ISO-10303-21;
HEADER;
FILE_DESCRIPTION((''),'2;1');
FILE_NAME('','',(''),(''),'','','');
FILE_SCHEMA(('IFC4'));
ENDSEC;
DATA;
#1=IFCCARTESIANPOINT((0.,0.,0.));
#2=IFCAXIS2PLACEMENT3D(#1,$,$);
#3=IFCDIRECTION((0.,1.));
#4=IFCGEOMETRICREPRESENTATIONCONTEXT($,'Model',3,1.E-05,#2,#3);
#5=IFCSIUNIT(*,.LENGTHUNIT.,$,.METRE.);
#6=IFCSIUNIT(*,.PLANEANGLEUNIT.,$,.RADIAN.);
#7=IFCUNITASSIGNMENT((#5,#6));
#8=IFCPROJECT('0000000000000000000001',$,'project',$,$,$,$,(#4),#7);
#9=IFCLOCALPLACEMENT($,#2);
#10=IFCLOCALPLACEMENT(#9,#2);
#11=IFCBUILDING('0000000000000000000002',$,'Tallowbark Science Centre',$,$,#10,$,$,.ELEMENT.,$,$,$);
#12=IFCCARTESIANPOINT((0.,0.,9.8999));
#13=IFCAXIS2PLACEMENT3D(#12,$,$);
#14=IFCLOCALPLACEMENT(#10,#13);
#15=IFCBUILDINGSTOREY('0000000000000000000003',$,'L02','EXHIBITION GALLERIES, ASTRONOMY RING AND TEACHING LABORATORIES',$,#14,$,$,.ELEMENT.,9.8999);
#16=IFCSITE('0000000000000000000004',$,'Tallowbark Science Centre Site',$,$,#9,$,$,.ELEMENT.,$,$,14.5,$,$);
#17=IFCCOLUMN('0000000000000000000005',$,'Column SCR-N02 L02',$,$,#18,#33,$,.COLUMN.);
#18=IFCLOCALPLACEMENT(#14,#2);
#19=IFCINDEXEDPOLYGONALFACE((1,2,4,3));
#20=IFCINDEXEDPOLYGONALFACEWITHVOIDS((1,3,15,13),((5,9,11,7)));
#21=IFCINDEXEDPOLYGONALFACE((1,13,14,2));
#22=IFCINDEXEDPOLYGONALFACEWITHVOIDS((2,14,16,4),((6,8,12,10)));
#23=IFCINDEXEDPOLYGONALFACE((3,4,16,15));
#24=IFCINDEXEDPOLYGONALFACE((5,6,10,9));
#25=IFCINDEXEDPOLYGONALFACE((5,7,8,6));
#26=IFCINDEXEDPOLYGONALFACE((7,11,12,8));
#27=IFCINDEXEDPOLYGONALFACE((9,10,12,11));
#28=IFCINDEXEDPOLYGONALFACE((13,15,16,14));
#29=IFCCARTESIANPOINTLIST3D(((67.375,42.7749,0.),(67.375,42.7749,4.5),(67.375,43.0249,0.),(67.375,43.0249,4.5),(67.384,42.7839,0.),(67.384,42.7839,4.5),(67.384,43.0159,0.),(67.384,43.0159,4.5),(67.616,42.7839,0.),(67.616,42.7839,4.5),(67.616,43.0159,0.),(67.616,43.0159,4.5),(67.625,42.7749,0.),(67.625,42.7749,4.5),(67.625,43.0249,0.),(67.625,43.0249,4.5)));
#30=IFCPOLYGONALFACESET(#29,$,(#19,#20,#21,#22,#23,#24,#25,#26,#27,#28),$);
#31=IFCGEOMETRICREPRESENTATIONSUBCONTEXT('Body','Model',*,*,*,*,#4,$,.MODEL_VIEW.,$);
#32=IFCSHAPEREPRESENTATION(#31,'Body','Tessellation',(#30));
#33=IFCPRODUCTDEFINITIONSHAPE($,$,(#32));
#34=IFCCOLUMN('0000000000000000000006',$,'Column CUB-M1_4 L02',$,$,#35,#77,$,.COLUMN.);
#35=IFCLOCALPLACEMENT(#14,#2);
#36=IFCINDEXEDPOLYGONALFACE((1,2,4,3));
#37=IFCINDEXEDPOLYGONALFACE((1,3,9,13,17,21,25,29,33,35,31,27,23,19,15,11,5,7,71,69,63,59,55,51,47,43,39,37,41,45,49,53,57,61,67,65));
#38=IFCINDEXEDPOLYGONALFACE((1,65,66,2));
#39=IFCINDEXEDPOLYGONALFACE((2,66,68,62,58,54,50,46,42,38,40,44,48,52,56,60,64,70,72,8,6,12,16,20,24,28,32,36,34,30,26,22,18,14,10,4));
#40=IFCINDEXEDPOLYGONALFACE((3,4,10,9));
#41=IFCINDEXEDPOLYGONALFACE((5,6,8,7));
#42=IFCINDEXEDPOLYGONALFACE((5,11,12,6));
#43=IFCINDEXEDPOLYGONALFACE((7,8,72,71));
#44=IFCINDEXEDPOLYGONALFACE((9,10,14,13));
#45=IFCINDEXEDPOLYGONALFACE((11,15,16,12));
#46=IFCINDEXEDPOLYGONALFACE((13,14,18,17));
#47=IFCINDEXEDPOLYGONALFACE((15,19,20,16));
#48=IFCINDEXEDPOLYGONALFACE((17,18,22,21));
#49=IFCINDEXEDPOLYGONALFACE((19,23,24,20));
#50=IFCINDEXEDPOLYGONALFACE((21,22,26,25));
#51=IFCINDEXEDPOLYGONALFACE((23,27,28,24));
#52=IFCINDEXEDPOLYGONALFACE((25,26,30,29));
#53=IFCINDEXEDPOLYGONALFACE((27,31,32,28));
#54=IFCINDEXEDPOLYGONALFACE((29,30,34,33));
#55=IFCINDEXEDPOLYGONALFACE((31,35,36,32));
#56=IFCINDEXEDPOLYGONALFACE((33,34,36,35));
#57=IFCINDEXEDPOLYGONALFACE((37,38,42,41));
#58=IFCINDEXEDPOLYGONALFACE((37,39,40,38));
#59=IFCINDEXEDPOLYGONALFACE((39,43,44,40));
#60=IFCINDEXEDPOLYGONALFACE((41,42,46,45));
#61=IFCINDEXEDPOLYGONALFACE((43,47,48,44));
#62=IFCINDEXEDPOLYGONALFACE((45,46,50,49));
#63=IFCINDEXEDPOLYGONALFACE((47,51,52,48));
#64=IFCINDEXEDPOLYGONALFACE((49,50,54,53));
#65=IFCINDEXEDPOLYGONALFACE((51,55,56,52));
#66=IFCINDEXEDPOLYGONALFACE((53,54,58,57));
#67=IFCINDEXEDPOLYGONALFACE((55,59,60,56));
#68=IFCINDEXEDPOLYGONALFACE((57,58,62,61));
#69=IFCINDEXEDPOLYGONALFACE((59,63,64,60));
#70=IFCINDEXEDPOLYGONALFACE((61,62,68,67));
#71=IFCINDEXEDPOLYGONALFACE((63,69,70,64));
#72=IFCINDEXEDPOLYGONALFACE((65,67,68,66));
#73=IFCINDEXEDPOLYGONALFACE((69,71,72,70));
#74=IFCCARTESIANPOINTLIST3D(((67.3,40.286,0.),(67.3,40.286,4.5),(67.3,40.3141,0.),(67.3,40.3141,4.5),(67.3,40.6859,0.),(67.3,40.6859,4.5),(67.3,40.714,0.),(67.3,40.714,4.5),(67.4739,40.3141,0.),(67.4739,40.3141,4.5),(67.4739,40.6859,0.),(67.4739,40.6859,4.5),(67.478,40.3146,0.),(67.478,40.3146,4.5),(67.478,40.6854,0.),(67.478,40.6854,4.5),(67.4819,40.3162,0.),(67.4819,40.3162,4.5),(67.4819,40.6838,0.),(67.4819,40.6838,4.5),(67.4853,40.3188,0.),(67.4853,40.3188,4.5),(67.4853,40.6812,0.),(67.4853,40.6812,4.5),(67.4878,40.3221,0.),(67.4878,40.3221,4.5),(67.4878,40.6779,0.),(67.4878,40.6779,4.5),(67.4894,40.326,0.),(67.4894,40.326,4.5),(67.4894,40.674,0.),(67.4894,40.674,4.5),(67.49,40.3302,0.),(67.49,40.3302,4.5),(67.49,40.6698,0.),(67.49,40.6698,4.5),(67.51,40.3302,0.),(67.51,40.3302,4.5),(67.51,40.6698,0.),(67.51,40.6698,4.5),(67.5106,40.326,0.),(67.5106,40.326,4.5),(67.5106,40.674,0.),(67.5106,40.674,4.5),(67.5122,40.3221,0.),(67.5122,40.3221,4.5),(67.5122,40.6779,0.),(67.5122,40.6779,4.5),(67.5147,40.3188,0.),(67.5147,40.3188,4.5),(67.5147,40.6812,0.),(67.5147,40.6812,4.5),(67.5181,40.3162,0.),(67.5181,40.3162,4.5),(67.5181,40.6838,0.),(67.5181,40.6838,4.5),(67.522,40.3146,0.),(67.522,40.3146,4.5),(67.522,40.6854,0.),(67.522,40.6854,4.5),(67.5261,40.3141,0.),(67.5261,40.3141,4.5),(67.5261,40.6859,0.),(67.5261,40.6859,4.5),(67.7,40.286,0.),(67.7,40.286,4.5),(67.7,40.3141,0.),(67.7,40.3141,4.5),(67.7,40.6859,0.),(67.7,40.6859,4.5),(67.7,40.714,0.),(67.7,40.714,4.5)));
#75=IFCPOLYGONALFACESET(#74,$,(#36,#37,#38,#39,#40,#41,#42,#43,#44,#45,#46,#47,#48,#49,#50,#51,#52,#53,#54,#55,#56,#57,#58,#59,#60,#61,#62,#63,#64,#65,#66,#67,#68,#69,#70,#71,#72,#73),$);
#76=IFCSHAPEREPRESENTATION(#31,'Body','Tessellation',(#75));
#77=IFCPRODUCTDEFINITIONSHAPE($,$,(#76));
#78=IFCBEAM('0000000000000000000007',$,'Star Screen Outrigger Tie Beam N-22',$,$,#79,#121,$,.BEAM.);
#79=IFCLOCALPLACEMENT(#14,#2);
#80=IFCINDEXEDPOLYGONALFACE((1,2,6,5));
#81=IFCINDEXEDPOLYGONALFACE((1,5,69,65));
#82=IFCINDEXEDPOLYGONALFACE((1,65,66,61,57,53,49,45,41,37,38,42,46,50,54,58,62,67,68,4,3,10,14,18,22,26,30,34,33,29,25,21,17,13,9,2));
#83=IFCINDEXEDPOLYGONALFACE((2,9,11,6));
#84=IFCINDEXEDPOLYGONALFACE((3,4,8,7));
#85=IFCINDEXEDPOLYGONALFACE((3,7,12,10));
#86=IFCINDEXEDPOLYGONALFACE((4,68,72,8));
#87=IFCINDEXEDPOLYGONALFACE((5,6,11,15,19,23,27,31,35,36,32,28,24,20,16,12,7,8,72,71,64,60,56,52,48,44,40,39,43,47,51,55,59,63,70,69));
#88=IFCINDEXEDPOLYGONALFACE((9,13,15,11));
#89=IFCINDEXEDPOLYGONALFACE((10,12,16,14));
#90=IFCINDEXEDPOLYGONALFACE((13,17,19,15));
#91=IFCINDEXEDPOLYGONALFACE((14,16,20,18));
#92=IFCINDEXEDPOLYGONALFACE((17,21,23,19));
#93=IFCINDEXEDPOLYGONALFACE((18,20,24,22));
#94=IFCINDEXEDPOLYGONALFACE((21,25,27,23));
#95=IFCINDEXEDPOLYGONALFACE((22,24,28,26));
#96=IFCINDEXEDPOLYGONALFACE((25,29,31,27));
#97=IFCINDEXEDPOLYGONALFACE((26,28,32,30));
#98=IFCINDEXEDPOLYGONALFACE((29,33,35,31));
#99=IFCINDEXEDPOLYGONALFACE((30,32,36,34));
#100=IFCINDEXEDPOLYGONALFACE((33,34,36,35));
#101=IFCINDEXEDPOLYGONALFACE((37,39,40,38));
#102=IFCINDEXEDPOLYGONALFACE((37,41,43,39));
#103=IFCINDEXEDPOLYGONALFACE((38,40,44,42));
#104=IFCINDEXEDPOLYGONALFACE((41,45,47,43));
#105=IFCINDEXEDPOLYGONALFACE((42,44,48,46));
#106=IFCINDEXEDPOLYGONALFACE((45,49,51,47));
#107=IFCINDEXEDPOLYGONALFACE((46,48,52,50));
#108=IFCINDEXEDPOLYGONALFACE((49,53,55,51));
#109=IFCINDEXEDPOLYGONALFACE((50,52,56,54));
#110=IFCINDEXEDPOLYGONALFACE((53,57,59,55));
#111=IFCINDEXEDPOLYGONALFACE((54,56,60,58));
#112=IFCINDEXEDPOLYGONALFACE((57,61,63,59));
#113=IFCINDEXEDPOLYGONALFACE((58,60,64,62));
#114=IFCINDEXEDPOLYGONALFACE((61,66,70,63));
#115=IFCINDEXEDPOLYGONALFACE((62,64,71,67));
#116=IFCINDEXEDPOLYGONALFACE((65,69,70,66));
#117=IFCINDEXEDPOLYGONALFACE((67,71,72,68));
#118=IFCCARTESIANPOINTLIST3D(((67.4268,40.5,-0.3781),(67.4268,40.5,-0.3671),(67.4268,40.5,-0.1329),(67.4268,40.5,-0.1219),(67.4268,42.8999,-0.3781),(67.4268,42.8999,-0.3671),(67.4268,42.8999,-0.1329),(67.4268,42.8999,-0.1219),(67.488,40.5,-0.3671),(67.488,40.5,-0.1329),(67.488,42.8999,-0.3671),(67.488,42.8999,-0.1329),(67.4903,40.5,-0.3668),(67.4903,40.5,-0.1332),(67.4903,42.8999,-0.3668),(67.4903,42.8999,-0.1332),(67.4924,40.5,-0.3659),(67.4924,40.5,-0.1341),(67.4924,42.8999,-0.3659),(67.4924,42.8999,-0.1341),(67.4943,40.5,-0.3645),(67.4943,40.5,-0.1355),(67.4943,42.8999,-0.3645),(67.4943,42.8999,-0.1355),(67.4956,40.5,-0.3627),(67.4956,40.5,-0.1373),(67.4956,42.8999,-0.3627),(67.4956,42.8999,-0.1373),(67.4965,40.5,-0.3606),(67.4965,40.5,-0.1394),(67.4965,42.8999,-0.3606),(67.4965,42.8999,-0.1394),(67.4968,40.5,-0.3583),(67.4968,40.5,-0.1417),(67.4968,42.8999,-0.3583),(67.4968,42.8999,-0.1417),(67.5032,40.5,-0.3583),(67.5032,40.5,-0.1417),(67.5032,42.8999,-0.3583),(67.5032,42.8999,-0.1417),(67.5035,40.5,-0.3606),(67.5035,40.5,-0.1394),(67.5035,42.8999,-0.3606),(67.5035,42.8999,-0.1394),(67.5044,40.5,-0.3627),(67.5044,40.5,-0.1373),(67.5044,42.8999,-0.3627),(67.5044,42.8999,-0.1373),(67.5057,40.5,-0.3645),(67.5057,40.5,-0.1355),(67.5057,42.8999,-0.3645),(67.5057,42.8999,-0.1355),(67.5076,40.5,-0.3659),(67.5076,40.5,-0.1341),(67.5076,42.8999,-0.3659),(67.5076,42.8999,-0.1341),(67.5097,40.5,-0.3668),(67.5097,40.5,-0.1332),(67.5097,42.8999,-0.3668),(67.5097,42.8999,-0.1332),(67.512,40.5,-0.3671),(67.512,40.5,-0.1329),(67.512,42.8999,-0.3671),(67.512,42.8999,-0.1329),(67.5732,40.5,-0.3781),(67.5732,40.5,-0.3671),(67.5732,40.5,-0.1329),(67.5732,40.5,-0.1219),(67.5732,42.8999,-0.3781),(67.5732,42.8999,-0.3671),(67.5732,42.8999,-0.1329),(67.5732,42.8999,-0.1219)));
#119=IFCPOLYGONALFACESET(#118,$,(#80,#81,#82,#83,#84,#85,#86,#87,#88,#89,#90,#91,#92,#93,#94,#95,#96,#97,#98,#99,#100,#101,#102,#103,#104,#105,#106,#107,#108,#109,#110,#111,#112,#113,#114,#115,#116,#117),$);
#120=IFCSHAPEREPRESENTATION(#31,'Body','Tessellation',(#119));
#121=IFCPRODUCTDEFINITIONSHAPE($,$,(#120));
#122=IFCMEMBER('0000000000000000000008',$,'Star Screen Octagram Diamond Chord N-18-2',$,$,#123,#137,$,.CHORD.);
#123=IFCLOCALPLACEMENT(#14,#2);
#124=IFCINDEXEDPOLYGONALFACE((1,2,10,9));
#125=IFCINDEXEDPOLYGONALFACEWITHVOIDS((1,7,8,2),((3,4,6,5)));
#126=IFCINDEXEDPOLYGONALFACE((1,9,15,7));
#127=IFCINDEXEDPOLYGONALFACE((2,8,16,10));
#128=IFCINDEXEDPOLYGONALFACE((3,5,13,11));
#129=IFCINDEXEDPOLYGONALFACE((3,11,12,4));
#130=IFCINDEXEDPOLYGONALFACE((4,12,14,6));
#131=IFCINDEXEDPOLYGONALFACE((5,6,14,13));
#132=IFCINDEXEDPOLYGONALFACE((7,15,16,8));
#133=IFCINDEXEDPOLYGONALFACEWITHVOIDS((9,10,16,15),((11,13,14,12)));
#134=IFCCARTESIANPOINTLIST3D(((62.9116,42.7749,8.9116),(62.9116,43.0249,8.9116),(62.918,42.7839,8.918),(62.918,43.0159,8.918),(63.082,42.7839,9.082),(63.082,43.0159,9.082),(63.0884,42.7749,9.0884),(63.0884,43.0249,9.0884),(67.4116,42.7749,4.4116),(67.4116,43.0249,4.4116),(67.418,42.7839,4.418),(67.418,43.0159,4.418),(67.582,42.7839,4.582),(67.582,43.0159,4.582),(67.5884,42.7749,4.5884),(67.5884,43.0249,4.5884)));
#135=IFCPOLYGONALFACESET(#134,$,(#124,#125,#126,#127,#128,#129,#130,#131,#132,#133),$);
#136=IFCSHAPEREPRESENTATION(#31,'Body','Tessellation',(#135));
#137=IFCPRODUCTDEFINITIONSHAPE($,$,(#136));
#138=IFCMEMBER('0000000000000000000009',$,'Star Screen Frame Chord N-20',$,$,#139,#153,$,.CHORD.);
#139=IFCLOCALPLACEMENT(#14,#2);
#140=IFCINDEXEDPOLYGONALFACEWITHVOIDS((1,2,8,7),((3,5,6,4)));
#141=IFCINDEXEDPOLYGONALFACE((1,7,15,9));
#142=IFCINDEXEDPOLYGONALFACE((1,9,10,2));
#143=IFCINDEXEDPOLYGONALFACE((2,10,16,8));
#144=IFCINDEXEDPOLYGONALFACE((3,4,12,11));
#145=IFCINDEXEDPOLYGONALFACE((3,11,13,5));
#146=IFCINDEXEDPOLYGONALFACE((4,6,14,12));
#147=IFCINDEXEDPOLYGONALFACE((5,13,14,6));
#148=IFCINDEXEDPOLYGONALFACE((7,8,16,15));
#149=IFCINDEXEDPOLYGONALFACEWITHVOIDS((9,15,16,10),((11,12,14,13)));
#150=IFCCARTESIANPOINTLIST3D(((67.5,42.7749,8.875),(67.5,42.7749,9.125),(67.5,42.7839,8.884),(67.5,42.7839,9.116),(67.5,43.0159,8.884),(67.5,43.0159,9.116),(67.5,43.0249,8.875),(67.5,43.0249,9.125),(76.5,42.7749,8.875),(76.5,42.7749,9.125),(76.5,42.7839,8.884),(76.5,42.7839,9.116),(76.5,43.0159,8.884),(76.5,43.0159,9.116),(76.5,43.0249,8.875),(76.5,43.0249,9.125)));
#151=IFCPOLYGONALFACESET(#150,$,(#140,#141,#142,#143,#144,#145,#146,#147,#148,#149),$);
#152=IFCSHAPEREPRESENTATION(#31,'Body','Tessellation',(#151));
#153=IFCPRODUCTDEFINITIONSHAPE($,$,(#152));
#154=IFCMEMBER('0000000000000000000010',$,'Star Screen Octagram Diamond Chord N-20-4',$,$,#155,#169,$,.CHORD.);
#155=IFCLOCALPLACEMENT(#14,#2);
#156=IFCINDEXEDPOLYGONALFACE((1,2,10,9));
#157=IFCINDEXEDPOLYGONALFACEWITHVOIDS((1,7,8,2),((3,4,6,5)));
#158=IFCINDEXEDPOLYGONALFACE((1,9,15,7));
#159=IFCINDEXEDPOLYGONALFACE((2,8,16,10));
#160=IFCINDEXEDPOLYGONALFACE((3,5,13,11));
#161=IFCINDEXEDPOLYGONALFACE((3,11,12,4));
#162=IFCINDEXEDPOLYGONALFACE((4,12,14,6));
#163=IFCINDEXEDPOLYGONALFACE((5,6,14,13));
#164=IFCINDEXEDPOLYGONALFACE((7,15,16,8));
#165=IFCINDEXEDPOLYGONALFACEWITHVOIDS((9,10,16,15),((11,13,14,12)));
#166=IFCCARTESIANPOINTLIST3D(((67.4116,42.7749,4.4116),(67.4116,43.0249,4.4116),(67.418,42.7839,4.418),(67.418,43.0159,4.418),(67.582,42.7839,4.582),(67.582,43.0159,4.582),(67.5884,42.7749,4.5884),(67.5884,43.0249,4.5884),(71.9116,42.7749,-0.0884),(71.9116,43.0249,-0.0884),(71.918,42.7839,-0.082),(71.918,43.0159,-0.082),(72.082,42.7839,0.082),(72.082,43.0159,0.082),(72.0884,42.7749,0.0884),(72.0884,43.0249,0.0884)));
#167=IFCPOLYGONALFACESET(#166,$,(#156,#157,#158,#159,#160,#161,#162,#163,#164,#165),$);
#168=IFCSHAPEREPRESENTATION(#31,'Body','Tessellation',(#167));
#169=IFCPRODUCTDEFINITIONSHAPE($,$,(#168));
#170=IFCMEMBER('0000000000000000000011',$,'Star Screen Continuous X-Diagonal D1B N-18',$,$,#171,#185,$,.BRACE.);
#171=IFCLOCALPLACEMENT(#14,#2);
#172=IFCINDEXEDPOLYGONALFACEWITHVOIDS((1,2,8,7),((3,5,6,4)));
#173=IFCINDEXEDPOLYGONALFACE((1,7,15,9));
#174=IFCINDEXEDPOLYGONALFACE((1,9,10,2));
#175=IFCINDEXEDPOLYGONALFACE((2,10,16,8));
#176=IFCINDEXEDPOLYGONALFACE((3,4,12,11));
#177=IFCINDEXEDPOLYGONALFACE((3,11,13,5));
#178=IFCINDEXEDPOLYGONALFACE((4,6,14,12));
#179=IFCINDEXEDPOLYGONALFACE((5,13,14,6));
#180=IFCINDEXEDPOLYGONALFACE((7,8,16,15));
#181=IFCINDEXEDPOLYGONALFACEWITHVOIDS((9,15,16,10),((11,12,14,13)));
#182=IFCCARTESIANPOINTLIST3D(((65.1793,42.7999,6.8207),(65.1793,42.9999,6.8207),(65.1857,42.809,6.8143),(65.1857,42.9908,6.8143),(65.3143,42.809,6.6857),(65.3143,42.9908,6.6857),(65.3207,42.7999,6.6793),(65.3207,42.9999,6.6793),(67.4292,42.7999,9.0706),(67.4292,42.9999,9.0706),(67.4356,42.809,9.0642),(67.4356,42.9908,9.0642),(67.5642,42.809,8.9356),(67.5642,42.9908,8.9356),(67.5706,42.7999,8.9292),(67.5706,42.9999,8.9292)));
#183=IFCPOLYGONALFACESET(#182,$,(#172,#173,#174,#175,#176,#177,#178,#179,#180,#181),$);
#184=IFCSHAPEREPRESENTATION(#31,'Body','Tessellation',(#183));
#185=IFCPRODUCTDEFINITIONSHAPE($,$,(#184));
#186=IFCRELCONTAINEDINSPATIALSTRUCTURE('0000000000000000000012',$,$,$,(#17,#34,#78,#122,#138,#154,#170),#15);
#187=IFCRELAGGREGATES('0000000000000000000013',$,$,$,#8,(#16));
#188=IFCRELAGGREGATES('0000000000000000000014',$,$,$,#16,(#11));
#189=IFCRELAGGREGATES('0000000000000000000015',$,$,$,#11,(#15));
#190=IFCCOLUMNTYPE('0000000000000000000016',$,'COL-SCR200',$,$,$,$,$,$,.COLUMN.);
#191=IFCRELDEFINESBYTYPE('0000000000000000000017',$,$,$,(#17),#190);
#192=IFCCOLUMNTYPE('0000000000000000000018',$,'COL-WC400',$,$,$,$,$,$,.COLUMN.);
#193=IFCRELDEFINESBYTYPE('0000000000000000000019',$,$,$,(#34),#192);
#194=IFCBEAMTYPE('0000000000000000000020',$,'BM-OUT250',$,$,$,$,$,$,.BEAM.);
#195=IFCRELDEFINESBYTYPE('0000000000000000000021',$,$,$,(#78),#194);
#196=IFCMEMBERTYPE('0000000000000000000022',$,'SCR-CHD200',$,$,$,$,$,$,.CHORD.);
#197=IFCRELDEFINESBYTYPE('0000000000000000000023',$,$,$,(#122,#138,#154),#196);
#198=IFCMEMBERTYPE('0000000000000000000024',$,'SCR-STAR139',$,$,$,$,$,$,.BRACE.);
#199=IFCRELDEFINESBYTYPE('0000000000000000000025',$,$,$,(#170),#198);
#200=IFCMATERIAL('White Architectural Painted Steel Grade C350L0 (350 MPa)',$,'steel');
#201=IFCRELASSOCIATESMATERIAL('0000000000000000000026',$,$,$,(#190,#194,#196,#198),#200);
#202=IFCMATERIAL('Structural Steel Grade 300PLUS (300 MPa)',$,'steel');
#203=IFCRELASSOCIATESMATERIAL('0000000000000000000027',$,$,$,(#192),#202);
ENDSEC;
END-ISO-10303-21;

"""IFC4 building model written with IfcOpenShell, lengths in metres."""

from ifc_helpers import new_model, si_unit, direction, frame, origin, origin_2d, place, context, subcontext, project, spatial, hollow_rectangle, i_section, extrude, material, material_profile, profile_set, type_object, element, save


model = new_model("IFC4")

# Units and contexts
model_context = context("Model", 3, precision=1e-05, world=origin(), true_north=direction((0.0, 1.0)))
body_context = subcontext(model_context, "Body", "Model", "MODEL_VIEW")
ifc_project = project(units=[si_unit("LENGTHUNIT", "METRE"), si_unit("PLANEANGLEUNIT", "RADIAN")], contexts=[model_context])

# Site, building, storey
site_placement = place(None, origin())
site = spatial("IfcSite", under=ifc_project, at=site_placement, Name="Tallowbark Science Centre Site", CompositionType="ELEMENT", RefElevation=14.5)
building_placement = place(site_placement, origin())
building = spatial("IfcBuilding", under=site, at=building_placement, Name="Tallowbark Science Centre", CompositionType="ELEMENT")
storey_placement = place(building_placement, frame((0.0, 0.0, 9.8999)))
storey = spatial("IfcBuildingStorey", under=building, at=storey_placement, Name="L02", Description="EXHIBITION GALLERIES, ASTRONOMY RING AND TEACHING LABORATORIES", CompositionType="ELEMENT", Elevation=9.8999)

# Columns
ifc_material_1 = material(Name="White Architectural Painted Steel Grade C350L0 (350 MPa)", Category="steel")
ifc_material_profile_1 = material_profile(ifc_material_1, hollow_rectangle(XDim=0.25, YDim=0.25, WallThickness=0.009, at=origin_2d()), Name="250x250x9.0SHS")
ifc_profile_set_1 = profile_set([ifc_material_profile_1], Name="White Architectural Painted Steel Grade C350L0 (350 MPa)")
column_type_1 = type_object("IfcColumnType", Name="COL-SCR200", PredefinedType="COLUMN", material=ifc_profile_set_1)
column_1_placement = place(storey_placement, frame((67.5, 42.8999, 0.0), z_axis=(0.0, 0.0, 1.0), x_axis=(1.0, 0.0, 0.0)))
element("IfcColumn", 1, at=column_1_placement, inside=storey, type_object=column_type_1, Name="Column SCR-N02 L02", PredefinedType="COLUMN", context=body_context, shape_type="SweptSolid", body=[
    extrude(hollow_rectangle(XDim=0.25, YDim=0.25, WallThickness=0.009, at=origin_2d()), origin(), (0.0, 0.0, 1.0), 4.5),
])
ifc_material_2 = material(Name="Structural Steel Grade 300PLUS (300 MPa)", Category="steel")
ifc_material_profile_2 = material_profile(ifc_material_2, i_section(OverallWidth=0.3999, OverallDepth=0.428, WebThickness=0.02, FlangeThickness=0.0281, FilletRadius=0.0161, at=origin_2d()), Name="400WC270")
ifc_profile_set_2 = profile_set([ifc_material_profile_2], Name="Structural Steel Grade 300PLUS (300 MPa)")
column_type_2 = type_object("IfcColumnType", Name="COL-WC400", PredefinedType="COLUMN", material=ifc_profile_set_2)
column_2_placement = place(storey_placement, frame((67.5, 40.5, 0.0), z_axis=(0.0, 0.0, 1.0), x_axis=(1.0, 0.0, 0.0)))
element("IfcColumn", 2, at=column_2_placement, inside=storey, type_object=column_type_2, Name="Column CUB-M1_4 L02", PredefinedType="COLUMN", context=body_context, shape_type="SweptSolid", body=[
    extrude(i_section(OverallWidth=0.3999, OverallDepth=0.428, WebThickness=0.02, FlangeThickness=0.0281, FilletRadius=0.0161, at=origin_2d()), origin(), (0.0, 0.0, 1.0), 4.5),
])

# Beam
ifc_material_profile_3 = material_profile(ifc_material_1, i_section(OverallWidth=0.1465, OverallDepth=0.2561, WebThickness=0.0063, FlangeThickness=0.011, FilletRadius=0.0088, at=origin_2d()), Name="250UB37.3")
ifc_profile_set_3 = profile_set([ifc_material_profile_3], Name="White Architectural Painted Steel Grade C350L0 (350 MPa)")
beam_type_1 = type_object("IfcBeamType", Name="BM-OUT250", PredefinedType="BEAM", material=ifc_profile_set_3)
beam_1_placement = place(storey_placement, frame((67.5, 40.5, -0.25), z_axis=(0.0, 1.0, 0.0), x_axis=(-1.0, 0.0, 0.0)))
element("IfcBeam", 3, at=beam_1_placement, inside=storey, type_object=beam_type_1, Name="Star Screen Outrigger Tie Beam N-22", PredefinedType="BEAM", context=body_context, shape_type="SweptSolid", body=[
    extrude(i_section(OverallWidth=0.1465, OverallDepth=0.2561, WebThickness=0.0063, FlangeThickness=0.011, FilletRadius=0.0088, at=origin_2d()), origin(), (0.0, 0.0, 1.0), 2.3999),
])

# Members
ifc_material_profile_4 = material_profile(ifc_material_1, hollow_rectangle(XDim=0.25, YDim=0.25, WallThickness=0.009, at=origin_2d()), Name="250x250x9.0SHS")
ifc_profile_set_4 = profile_set([ifc_material_profile_4], Name="White Architectural Painted Steel Grade C350L0 (350 MPa)")
member_type_1 = type_object("IfcMemberType", Name="SCR-CHD200", PredefinedType="CHORD", material=ifc_profile_set_4)
member_1_placement = place(storey_placement, frame((67.5, 42.8999, 4.5), z_axis=(-0.707107, 0.0, 0.707107), x_axis=(0.0, -1.0, 0.0)))
element("IfcMember", 4, at=member_1_placement, inside=storey, type_object=member_type_1, Name="Star Screen Octagram Diamond Chord N-18-2", PredefinedType="CHORD", context=body_context, shape_type="SweptSolid", body=[
    extrude(hollow_rectangle(XDim=0.25, YDim=0.25, WallThickness=0.009, at=origin_2d()), origin(), (0.0, 0.0, 1.0), 6.364),
])
member_2_placement = place(storey_placement, frame((67.5, 42.8999, 9.0), z_axis=(1.0, 0.0, 0.0), x_axis=(0.0, 1.0, 0.0)))
element("IfcMember", 5, at=member_2_placement, inside=storey, type_object=member_type_1, Name="Star Screen Frame Chord N-20", PredefinedType="CHORD", context=body_context, shape_type="SweptSolid", body=[
    extrude(hollow_rectangle(XDim=0.25, YDim=0.25, WallThickness=0.009, at=origin_2d()), origin(), (0.0, 0.0, 1.0), 9.0),
])
member_3_placement = place(storey_placement, frame((67.5, 42.8999, 4.5), z_axis=(0.707107, 0.0, -0.707107), x_axis=(0.0, 1.0, 0.0)))
element("IfcMember", 6, at=member_3_placement, inside=storey, type_object=member_type_1, Name="Star Screen Octagram Diamond Chord N-20-4", PredefinedType="CHORD", context=body_context, shape_type="SweptSolid", body=[
    extrude(hollow_rectangle(XDim=0.25, YDim=0.25, WallThickness=0.009, at=origin_2d()), origin(), (0.0, 0.0, 1.0), 6.364),
])
ifc_material_profile_5 = material_profile(ifc_material_1, hollow_rectangle(XDim=0.2, YDim=0.2, WallThickness=0.009, at=origin_2d()), Name="200x200x9.0SHS")
ifc_profile_set_5 = profile_set([ifc_material_profile_5], Name="White Architectural Painted Steel Grade C350L0 (350 MPa)")
member_type_2 = type_object("IfcMemberType", Name="SCR-STAR139", PredefinedType="BRACE", material=ifc_profile_set_5)
for number, where, z_axis, x_axis, name in (
    (7, (65.25, 42.8999, 6.75), (0.707107, 0.0, 0.707107), (0.0, 1.0, 0.0), "Star Screen Continuous X-Diagonal D1B N-18"),
):
    element("IfcMember", number, at=place(storey_placement, frame(where, z_axis=z_axis, x_axis=x_axis)), inside=storey, type_object=member_type_2, Name=name, PredefinedType="BRACE", context=body_context, shape_type="SweptSolid", body=[
        extrude(hollow_rectangle(XDim=0.2, YDim=0.2, WallThickness=0.009, at=origin_2d()), origin(), (0.0, 0.0, 1.0), 3.1819),
    ])

save(model, "model.ifc")
